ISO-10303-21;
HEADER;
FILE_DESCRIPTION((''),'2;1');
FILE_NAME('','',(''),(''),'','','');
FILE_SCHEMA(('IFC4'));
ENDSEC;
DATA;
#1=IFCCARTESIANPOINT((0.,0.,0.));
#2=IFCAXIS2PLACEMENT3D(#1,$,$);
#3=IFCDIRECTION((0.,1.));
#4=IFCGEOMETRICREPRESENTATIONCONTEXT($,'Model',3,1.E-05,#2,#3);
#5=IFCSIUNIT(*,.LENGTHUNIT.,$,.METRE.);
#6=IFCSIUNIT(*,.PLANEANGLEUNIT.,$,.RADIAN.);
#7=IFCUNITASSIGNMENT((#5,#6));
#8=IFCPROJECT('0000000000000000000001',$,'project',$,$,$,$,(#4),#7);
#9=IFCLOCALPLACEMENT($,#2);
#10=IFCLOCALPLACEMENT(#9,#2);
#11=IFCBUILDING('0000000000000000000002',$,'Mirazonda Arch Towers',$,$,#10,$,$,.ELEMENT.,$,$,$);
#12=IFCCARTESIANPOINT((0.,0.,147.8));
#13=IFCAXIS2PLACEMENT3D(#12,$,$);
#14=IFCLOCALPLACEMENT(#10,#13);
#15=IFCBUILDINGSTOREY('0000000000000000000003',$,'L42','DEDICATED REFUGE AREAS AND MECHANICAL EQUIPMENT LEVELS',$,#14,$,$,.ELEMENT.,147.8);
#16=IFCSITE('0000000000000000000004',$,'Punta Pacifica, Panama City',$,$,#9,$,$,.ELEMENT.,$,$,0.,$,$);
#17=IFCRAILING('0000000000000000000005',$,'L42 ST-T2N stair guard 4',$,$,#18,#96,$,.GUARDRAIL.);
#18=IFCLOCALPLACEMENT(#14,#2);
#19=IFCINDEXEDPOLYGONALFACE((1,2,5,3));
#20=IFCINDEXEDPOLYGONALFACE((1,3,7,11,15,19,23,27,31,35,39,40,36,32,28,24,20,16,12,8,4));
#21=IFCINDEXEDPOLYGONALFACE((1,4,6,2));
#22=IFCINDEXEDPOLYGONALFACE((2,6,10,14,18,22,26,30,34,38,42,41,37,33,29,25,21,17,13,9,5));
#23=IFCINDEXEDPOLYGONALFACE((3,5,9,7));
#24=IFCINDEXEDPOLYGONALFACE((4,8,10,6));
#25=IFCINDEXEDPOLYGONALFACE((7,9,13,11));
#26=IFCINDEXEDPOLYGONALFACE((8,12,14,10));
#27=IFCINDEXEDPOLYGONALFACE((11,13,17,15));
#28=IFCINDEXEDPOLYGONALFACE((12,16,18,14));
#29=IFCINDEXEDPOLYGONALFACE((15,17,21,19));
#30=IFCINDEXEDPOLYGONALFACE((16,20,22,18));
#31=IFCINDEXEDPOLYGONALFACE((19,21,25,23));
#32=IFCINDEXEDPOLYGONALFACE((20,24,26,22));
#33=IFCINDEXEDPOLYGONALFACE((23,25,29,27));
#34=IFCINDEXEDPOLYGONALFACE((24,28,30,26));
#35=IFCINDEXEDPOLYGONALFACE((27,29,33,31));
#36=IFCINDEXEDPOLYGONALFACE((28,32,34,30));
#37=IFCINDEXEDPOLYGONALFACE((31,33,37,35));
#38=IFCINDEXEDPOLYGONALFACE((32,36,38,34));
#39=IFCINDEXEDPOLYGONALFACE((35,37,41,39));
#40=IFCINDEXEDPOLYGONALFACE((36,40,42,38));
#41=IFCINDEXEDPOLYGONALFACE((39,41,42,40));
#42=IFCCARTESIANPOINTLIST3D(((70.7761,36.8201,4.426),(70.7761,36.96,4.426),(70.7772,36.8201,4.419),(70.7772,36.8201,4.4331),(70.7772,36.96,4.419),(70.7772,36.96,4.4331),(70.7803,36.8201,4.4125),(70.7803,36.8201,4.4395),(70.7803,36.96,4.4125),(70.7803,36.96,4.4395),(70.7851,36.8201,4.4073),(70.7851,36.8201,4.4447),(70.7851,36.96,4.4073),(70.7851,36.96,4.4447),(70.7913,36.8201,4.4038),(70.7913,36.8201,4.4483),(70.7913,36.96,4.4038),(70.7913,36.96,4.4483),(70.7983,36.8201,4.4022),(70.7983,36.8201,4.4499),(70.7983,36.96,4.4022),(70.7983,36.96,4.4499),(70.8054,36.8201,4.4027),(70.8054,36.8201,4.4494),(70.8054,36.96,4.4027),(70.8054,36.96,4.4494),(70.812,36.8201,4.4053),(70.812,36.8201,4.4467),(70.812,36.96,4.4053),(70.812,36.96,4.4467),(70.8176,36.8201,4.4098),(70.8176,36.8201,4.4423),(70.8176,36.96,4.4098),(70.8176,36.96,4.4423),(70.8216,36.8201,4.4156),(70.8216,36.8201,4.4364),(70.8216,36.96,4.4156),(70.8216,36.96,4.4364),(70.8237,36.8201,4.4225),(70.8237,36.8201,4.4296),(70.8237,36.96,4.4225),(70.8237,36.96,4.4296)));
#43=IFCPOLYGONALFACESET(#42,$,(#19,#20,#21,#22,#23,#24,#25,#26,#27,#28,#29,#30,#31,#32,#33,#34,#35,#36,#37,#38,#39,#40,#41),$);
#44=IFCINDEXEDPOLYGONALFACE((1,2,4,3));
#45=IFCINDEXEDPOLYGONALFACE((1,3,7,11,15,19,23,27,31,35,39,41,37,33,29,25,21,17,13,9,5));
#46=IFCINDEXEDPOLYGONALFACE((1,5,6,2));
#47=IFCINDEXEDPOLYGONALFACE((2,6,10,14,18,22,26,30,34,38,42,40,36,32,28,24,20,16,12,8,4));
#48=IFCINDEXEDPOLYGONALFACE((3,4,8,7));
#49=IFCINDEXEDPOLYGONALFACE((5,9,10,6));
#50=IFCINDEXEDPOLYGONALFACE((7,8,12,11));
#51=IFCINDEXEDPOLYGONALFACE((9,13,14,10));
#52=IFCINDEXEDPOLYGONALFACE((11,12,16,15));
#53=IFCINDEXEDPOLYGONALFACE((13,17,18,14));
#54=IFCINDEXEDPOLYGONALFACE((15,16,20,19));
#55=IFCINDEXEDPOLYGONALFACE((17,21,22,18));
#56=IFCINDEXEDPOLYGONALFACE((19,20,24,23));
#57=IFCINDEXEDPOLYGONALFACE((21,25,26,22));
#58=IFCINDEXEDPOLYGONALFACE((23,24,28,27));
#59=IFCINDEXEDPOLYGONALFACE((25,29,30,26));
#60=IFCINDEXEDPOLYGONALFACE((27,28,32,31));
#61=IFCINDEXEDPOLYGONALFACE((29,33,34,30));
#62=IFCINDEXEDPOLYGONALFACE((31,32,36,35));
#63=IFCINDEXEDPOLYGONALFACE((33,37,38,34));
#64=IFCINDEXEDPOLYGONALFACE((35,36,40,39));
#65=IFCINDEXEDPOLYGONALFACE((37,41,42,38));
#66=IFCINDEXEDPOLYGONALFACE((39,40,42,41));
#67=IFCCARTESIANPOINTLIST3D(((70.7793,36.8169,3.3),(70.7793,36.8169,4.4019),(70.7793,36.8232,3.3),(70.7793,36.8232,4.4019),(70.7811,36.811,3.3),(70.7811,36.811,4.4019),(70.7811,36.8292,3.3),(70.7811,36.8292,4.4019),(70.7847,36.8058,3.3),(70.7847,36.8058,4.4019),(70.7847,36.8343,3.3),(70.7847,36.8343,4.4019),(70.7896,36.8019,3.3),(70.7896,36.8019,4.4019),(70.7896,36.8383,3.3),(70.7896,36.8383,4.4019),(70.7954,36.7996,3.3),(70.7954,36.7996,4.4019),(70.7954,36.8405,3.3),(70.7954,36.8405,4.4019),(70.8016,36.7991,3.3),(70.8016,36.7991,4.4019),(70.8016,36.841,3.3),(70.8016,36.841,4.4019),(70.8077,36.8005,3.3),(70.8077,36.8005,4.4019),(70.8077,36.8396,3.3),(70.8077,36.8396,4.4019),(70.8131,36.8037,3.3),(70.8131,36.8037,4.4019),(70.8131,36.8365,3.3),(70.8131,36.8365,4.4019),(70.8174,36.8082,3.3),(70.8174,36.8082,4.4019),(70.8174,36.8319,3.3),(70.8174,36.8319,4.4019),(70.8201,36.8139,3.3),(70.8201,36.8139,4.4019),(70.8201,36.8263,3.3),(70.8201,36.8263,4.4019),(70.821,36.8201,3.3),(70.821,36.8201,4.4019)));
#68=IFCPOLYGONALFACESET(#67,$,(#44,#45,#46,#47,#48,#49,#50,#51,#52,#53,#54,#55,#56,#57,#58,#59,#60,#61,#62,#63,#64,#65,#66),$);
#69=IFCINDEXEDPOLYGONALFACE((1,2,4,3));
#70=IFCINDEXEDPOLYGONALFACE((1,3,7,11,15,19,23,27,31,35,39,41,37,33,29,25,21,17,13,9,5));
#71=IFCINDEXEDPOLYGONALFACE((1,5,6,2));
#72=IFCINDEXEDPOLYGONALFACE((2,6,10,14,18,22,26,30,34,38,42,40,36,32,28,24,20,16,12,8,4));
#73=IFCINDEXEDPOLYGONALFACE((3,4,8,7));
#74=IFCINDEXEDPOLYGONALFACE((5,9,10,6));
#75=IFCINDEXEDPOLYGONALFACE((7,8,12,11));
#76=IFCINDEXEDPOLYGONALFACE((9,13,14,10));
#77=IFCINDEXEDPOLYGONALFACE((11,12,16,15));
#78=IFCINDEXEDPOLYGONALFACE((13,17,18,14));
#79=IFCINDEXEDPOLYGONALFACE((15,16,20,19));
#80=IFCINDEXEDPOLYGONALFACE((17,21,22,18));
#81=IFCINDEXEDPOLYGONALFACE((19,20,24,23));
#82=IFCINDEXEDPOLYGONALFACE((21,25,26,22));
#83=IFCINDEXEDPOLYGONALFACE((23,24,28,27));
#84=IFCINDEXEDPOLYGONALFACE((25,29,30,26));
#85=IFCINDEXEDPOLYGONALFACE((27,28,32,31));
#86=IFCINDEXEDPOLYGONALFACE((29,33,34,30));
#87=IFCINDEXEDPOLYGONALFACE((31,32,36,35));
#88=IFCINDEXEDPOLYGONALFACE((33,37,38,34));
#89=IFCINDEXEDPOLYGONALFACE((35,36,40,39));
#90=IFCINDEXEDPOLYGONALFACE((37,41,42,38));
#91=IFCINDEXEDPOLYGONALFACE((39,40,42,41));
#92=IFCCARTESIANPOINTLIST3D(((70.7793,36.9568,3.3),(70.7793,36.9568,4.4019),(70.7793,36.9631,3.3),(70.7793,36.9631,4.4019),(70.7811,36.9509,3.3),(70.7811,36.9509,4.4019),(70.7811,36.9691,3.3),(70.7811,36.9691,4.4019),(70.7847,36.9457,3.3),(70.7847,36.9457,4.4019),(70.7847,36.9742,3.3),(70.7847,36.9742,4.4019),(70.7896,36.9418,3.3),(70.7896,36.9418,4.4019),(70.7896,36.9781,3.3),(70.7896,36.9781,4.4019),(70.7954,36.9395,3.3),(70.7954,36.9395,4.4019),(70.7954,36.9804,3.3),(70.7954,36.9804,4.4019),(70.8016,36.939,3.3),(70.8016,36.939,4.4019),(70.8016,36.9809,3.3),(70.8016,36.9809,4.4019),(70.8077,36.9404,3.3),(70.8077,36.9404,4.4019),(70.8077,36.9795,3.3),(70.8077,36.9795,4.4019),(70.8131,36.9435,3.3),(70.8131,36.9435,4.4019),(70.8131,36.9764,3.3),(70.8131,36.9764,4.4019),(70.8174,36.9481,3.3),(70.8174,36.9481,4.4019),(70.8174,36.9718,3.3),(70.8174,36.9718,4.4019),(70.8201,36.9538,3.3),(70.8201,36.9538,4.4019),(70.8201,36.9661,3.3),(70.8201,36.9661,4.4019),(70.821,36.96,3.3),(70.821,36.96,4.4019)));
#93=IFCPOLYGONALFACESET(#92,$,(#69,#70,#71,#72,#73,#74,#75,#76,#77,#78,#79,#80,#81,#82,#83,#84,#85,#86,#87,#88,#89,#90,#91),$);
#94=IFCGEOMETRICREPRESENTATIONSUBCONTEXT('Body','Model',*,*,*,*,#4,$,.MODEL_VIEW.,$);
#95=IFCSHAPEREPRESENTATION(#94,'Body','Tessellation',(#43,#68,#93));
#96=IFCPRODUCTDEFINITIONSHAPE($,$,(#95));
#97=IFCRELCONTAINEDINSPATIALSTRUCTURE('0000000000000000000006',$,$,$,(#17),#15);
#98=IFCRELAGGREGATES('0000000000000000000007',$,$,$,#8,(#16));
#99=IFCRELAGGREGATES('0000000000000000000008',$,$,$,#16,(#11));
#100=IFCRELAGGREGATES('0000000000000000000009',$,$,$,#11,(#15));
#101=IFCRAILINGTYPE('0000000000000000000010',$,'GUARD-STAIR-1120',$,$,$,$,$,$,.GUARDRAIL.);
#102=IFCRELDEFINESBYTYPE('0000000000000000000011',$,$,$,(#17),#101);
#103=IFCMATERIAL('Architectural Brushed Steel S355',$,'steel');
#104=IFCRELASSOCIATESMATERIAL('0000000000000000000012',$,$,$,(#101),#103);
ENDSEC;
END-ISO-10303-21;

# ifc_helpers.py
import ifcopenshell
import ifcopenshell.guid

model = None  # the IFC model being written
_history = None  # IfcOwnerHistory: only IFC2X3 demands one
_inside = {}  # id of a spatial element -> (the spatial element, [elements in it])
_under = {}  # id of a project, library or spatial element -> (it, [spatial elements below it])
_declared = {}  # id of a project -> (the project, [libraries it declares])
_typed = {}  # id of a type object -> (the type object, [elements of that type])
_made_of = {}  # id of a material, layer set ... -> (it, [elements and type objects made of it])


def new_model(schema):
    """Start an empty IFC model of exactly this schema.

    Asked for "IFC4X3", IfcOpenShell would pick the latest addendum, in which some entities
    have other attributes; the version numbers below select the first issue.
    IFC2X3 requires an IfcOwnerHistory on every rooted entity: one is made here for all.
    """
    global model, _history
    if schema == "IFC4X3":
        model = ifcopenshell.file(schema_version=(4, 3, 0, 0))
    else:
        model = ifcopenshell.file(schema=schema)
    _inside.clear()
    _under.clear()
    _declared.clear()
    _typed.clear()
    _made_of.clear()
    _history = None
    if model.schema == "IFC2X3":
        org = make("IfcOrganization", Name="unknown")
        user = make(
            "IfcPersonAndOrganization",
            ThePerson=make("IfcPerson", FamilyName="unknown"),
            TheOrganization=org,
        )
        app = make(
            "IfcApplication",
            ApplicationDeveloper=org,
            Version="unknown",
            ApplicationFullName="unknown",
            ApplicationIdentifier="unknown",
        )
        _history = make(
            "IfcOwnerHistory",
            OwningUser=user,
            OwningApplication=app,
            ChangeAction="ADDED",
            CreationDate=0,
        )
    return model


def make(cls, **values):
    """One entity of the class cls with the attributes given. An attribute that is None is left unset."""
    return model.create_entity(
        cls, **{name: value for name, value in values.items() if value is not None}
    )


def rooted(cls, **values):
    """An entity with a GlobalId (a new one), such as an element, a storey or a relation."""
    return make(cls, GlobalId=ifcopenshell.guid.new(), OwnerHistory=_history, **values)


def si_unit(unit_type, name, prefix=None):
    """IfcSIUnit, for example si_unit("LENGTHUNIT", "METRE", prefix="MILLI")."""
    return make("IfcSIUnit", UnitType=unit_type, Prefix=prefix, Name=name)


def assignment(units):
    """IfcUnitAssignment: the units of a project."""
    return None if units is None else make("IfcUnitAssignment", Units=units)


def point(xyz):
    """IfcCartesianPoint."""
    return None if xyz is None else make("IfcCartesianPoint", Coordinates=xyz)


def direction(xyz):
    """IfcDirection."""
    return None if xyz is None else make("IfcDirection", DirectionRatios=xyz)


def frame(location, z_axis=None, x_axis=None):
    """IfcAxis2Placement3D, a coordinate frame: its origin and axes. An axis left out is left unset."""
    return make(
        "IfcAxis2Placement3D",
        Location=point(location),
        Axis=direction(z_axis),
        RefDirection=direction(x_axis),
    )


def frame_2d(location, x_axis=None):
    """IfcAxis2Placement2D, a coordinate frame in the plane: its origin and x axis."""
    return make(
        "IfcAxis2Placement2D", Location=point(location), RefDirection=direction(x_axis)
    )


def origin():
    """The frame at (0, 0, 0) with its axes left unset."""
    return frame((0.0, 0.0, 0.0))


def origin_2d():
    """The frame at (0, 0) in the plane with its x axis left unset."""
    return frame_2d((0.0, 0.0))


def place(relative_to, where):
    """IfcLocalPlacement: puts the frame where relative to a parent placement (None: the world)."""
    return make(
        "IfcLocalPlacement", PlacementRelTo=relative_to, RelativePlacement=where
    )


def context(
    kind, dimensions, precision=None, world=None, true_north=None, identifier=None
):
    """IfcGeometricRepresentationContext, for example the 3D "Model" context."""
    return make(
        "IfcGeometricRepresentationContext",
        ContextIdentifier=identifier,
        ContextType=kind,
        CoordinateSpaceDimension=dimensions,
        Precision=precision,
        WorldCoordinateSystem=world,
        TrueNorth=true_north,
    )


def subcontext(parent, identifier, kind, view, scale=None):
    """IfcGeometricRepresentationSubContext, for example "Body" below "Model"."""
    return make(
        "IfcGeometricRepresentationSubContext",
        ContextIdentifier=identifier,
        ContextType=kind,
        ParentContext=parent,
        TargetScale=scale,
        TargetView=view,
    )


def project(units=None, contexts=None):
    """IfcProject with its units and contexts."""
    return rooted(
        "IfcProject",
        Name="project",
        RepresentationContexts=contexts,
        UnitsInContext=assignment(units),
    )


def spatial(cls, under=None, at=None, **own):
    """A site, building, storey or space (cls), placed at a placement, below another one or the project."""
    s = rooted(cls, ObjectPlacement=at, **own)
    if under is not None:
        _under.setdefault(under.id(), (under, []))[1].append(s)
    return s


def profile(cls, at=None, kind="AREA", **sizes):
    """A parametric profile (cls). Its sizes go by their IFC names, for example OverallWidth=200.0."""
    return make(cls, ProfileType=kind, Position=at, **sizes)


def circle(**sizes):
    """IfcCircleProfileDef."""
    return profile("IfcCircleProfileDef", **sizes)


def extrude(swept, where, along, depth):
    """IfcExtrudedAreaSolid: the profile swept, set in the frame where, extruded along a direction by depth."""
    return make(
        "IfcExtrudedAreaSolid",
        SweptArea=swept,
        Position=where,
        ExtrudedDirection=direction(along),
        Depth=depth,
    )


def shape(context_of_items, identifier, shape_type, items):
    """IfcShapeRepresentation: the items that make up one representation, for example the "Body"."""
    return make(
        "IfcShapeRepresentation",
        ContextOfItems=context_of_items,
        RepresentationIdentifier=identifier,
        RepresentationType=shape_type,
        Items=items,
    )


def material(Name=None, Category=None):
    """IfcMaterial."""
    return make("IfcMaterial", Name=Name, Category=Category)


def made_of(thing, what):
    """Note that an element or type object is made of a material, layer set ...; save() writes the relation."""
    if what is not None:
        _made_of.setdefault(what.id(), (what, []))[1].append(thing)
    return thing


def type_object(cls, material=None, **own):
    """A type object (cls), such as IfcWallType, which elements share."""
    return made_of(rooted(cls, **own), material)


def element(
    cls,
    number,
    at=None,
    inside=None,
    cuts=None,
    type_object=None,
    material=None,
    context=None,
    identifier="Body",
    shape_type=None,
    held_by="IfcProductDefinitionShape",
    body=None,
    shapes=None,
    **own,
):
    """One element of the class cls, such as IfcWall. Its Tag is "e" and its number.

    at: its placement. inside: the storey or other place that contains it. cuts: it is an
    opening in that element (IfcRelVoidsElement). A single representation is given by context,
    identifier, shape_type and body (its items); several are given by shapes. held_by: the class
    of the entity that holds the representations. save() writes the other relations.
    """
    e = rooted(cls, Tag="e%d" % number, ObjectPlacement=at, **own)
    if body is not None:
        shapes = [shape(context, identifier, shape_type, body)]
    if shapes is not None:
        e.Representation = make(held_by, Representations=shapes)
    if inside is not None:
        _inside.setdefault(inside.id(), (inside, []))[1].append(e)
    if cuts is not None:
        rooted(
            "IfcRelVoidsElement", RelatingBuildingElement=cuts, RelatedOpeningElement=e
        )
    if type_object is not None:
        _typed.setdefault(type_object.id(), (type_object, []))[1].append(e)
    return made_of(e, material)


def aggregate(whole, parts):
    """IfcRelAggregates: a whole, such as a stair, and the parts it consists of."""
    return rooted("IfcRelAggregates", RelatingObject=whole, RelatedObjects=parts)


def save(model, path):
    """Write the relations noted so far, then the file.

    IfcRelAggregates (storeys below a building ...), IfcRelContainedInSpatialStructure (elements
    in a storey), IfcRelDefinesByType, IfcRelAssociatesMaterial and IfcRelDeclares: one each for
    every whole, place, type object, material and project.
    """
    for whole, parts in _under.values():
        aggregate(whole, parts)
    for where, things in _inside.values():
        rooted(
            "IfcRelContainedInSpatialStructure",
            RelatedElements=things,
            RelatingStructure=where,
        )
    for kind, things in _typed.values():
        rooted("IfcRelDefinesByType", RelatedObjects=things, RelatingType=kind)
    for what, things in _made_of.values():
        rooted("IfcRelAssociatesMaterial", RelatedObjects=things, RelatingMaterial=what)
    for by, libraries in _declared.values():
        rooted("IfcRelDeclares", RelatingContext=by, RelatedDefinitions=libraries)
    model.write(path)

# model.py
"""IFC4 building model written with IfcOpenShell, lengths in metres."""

from ifc_helpers import new_model, si_unit, direction, frame, origin, origin_2d, place, context, subcontext, project, spatial, circle, extrude, material, type_object, element, save


model = new_model("IFC4")

# Units and contexts
model_context = context("Model", 3, precision=1e-05, world=origin(), true_north=direction((0.0, 1.0)))
body_context = subcontext(model_context, "Body", "Model", "MODEL_VIEW")
ifc_project = project(units=[si_unit("LENGTHUNIT", "METRE"), si_unit("PLANEANGLEUNIT", "RADIAN")], contexts=[model_context])

# Site, building, storey
site_placement = place(None, origin())
site = spatial("IfcSite", under=ifc_project, at=site_placement, Name="Punta Pacifica, Panama City", CompositionType="ELEMENT", RefElevation=0.0)
building_placement = place(site_placement, origin())
building = spatial("IfcBuilding", under=site, at=building_placement, Name="Mirazonda Arch Towers", CompositionType="ELEMENT")
storey_placement = place(building_placement, frame((0.0, 0.0, 147.8)))
storey = spatial("IfcBuildingStorey", under=building, at=storey_placement, Name="L42", Description="DEDICATED REFUGE AREAS AND MECHANICAL EQUIPMENT LEVELS", CompositionType="ELEMENT", Elevation=147.8)

# Railing
ifc_material_1 = material(Name="Architectural Brushed Steel S355", Category="steel")
railing_type_1 = type_object("IfcRailingType", Name="GUARD-STAIR-1120", PredefinedType="GUARDRAIL", material=ifc_material_1)
railing_1_placement = place(storey_placement, frame((70.8, 36.8201, 3.3)))
element("IfcRailing", 1, at=railing_1_placement, inside=storey, type_object=railing_type_1, Name="L42 ST-T2N stair guard 4", PredefinedType="GUARDRAIL", context=body_context, shape_type="SweptSolid", body=[
    extrude(circle(Radius=0.0239, at=origin_2d()), frame((0.0, 0.0, 1.126), z_axis=(0.0, 1.0, 0.0), x_axis=(-1.0, 0.0, 0.0)), (0.0, 0.0, 1.0), 0.1399),
    extrude(circle(Radius=0.021, at=origin_2d()), origin(), (0.0, 0.0, 1.0), 1.1018),
    extrude(circle(Radius=0.021, at=origin_2d()), frame((0.0, 0.1399, 0.0)), (0.0, 0.0, 1.0), 1.1018),
])

save(model, "model.ifc")
